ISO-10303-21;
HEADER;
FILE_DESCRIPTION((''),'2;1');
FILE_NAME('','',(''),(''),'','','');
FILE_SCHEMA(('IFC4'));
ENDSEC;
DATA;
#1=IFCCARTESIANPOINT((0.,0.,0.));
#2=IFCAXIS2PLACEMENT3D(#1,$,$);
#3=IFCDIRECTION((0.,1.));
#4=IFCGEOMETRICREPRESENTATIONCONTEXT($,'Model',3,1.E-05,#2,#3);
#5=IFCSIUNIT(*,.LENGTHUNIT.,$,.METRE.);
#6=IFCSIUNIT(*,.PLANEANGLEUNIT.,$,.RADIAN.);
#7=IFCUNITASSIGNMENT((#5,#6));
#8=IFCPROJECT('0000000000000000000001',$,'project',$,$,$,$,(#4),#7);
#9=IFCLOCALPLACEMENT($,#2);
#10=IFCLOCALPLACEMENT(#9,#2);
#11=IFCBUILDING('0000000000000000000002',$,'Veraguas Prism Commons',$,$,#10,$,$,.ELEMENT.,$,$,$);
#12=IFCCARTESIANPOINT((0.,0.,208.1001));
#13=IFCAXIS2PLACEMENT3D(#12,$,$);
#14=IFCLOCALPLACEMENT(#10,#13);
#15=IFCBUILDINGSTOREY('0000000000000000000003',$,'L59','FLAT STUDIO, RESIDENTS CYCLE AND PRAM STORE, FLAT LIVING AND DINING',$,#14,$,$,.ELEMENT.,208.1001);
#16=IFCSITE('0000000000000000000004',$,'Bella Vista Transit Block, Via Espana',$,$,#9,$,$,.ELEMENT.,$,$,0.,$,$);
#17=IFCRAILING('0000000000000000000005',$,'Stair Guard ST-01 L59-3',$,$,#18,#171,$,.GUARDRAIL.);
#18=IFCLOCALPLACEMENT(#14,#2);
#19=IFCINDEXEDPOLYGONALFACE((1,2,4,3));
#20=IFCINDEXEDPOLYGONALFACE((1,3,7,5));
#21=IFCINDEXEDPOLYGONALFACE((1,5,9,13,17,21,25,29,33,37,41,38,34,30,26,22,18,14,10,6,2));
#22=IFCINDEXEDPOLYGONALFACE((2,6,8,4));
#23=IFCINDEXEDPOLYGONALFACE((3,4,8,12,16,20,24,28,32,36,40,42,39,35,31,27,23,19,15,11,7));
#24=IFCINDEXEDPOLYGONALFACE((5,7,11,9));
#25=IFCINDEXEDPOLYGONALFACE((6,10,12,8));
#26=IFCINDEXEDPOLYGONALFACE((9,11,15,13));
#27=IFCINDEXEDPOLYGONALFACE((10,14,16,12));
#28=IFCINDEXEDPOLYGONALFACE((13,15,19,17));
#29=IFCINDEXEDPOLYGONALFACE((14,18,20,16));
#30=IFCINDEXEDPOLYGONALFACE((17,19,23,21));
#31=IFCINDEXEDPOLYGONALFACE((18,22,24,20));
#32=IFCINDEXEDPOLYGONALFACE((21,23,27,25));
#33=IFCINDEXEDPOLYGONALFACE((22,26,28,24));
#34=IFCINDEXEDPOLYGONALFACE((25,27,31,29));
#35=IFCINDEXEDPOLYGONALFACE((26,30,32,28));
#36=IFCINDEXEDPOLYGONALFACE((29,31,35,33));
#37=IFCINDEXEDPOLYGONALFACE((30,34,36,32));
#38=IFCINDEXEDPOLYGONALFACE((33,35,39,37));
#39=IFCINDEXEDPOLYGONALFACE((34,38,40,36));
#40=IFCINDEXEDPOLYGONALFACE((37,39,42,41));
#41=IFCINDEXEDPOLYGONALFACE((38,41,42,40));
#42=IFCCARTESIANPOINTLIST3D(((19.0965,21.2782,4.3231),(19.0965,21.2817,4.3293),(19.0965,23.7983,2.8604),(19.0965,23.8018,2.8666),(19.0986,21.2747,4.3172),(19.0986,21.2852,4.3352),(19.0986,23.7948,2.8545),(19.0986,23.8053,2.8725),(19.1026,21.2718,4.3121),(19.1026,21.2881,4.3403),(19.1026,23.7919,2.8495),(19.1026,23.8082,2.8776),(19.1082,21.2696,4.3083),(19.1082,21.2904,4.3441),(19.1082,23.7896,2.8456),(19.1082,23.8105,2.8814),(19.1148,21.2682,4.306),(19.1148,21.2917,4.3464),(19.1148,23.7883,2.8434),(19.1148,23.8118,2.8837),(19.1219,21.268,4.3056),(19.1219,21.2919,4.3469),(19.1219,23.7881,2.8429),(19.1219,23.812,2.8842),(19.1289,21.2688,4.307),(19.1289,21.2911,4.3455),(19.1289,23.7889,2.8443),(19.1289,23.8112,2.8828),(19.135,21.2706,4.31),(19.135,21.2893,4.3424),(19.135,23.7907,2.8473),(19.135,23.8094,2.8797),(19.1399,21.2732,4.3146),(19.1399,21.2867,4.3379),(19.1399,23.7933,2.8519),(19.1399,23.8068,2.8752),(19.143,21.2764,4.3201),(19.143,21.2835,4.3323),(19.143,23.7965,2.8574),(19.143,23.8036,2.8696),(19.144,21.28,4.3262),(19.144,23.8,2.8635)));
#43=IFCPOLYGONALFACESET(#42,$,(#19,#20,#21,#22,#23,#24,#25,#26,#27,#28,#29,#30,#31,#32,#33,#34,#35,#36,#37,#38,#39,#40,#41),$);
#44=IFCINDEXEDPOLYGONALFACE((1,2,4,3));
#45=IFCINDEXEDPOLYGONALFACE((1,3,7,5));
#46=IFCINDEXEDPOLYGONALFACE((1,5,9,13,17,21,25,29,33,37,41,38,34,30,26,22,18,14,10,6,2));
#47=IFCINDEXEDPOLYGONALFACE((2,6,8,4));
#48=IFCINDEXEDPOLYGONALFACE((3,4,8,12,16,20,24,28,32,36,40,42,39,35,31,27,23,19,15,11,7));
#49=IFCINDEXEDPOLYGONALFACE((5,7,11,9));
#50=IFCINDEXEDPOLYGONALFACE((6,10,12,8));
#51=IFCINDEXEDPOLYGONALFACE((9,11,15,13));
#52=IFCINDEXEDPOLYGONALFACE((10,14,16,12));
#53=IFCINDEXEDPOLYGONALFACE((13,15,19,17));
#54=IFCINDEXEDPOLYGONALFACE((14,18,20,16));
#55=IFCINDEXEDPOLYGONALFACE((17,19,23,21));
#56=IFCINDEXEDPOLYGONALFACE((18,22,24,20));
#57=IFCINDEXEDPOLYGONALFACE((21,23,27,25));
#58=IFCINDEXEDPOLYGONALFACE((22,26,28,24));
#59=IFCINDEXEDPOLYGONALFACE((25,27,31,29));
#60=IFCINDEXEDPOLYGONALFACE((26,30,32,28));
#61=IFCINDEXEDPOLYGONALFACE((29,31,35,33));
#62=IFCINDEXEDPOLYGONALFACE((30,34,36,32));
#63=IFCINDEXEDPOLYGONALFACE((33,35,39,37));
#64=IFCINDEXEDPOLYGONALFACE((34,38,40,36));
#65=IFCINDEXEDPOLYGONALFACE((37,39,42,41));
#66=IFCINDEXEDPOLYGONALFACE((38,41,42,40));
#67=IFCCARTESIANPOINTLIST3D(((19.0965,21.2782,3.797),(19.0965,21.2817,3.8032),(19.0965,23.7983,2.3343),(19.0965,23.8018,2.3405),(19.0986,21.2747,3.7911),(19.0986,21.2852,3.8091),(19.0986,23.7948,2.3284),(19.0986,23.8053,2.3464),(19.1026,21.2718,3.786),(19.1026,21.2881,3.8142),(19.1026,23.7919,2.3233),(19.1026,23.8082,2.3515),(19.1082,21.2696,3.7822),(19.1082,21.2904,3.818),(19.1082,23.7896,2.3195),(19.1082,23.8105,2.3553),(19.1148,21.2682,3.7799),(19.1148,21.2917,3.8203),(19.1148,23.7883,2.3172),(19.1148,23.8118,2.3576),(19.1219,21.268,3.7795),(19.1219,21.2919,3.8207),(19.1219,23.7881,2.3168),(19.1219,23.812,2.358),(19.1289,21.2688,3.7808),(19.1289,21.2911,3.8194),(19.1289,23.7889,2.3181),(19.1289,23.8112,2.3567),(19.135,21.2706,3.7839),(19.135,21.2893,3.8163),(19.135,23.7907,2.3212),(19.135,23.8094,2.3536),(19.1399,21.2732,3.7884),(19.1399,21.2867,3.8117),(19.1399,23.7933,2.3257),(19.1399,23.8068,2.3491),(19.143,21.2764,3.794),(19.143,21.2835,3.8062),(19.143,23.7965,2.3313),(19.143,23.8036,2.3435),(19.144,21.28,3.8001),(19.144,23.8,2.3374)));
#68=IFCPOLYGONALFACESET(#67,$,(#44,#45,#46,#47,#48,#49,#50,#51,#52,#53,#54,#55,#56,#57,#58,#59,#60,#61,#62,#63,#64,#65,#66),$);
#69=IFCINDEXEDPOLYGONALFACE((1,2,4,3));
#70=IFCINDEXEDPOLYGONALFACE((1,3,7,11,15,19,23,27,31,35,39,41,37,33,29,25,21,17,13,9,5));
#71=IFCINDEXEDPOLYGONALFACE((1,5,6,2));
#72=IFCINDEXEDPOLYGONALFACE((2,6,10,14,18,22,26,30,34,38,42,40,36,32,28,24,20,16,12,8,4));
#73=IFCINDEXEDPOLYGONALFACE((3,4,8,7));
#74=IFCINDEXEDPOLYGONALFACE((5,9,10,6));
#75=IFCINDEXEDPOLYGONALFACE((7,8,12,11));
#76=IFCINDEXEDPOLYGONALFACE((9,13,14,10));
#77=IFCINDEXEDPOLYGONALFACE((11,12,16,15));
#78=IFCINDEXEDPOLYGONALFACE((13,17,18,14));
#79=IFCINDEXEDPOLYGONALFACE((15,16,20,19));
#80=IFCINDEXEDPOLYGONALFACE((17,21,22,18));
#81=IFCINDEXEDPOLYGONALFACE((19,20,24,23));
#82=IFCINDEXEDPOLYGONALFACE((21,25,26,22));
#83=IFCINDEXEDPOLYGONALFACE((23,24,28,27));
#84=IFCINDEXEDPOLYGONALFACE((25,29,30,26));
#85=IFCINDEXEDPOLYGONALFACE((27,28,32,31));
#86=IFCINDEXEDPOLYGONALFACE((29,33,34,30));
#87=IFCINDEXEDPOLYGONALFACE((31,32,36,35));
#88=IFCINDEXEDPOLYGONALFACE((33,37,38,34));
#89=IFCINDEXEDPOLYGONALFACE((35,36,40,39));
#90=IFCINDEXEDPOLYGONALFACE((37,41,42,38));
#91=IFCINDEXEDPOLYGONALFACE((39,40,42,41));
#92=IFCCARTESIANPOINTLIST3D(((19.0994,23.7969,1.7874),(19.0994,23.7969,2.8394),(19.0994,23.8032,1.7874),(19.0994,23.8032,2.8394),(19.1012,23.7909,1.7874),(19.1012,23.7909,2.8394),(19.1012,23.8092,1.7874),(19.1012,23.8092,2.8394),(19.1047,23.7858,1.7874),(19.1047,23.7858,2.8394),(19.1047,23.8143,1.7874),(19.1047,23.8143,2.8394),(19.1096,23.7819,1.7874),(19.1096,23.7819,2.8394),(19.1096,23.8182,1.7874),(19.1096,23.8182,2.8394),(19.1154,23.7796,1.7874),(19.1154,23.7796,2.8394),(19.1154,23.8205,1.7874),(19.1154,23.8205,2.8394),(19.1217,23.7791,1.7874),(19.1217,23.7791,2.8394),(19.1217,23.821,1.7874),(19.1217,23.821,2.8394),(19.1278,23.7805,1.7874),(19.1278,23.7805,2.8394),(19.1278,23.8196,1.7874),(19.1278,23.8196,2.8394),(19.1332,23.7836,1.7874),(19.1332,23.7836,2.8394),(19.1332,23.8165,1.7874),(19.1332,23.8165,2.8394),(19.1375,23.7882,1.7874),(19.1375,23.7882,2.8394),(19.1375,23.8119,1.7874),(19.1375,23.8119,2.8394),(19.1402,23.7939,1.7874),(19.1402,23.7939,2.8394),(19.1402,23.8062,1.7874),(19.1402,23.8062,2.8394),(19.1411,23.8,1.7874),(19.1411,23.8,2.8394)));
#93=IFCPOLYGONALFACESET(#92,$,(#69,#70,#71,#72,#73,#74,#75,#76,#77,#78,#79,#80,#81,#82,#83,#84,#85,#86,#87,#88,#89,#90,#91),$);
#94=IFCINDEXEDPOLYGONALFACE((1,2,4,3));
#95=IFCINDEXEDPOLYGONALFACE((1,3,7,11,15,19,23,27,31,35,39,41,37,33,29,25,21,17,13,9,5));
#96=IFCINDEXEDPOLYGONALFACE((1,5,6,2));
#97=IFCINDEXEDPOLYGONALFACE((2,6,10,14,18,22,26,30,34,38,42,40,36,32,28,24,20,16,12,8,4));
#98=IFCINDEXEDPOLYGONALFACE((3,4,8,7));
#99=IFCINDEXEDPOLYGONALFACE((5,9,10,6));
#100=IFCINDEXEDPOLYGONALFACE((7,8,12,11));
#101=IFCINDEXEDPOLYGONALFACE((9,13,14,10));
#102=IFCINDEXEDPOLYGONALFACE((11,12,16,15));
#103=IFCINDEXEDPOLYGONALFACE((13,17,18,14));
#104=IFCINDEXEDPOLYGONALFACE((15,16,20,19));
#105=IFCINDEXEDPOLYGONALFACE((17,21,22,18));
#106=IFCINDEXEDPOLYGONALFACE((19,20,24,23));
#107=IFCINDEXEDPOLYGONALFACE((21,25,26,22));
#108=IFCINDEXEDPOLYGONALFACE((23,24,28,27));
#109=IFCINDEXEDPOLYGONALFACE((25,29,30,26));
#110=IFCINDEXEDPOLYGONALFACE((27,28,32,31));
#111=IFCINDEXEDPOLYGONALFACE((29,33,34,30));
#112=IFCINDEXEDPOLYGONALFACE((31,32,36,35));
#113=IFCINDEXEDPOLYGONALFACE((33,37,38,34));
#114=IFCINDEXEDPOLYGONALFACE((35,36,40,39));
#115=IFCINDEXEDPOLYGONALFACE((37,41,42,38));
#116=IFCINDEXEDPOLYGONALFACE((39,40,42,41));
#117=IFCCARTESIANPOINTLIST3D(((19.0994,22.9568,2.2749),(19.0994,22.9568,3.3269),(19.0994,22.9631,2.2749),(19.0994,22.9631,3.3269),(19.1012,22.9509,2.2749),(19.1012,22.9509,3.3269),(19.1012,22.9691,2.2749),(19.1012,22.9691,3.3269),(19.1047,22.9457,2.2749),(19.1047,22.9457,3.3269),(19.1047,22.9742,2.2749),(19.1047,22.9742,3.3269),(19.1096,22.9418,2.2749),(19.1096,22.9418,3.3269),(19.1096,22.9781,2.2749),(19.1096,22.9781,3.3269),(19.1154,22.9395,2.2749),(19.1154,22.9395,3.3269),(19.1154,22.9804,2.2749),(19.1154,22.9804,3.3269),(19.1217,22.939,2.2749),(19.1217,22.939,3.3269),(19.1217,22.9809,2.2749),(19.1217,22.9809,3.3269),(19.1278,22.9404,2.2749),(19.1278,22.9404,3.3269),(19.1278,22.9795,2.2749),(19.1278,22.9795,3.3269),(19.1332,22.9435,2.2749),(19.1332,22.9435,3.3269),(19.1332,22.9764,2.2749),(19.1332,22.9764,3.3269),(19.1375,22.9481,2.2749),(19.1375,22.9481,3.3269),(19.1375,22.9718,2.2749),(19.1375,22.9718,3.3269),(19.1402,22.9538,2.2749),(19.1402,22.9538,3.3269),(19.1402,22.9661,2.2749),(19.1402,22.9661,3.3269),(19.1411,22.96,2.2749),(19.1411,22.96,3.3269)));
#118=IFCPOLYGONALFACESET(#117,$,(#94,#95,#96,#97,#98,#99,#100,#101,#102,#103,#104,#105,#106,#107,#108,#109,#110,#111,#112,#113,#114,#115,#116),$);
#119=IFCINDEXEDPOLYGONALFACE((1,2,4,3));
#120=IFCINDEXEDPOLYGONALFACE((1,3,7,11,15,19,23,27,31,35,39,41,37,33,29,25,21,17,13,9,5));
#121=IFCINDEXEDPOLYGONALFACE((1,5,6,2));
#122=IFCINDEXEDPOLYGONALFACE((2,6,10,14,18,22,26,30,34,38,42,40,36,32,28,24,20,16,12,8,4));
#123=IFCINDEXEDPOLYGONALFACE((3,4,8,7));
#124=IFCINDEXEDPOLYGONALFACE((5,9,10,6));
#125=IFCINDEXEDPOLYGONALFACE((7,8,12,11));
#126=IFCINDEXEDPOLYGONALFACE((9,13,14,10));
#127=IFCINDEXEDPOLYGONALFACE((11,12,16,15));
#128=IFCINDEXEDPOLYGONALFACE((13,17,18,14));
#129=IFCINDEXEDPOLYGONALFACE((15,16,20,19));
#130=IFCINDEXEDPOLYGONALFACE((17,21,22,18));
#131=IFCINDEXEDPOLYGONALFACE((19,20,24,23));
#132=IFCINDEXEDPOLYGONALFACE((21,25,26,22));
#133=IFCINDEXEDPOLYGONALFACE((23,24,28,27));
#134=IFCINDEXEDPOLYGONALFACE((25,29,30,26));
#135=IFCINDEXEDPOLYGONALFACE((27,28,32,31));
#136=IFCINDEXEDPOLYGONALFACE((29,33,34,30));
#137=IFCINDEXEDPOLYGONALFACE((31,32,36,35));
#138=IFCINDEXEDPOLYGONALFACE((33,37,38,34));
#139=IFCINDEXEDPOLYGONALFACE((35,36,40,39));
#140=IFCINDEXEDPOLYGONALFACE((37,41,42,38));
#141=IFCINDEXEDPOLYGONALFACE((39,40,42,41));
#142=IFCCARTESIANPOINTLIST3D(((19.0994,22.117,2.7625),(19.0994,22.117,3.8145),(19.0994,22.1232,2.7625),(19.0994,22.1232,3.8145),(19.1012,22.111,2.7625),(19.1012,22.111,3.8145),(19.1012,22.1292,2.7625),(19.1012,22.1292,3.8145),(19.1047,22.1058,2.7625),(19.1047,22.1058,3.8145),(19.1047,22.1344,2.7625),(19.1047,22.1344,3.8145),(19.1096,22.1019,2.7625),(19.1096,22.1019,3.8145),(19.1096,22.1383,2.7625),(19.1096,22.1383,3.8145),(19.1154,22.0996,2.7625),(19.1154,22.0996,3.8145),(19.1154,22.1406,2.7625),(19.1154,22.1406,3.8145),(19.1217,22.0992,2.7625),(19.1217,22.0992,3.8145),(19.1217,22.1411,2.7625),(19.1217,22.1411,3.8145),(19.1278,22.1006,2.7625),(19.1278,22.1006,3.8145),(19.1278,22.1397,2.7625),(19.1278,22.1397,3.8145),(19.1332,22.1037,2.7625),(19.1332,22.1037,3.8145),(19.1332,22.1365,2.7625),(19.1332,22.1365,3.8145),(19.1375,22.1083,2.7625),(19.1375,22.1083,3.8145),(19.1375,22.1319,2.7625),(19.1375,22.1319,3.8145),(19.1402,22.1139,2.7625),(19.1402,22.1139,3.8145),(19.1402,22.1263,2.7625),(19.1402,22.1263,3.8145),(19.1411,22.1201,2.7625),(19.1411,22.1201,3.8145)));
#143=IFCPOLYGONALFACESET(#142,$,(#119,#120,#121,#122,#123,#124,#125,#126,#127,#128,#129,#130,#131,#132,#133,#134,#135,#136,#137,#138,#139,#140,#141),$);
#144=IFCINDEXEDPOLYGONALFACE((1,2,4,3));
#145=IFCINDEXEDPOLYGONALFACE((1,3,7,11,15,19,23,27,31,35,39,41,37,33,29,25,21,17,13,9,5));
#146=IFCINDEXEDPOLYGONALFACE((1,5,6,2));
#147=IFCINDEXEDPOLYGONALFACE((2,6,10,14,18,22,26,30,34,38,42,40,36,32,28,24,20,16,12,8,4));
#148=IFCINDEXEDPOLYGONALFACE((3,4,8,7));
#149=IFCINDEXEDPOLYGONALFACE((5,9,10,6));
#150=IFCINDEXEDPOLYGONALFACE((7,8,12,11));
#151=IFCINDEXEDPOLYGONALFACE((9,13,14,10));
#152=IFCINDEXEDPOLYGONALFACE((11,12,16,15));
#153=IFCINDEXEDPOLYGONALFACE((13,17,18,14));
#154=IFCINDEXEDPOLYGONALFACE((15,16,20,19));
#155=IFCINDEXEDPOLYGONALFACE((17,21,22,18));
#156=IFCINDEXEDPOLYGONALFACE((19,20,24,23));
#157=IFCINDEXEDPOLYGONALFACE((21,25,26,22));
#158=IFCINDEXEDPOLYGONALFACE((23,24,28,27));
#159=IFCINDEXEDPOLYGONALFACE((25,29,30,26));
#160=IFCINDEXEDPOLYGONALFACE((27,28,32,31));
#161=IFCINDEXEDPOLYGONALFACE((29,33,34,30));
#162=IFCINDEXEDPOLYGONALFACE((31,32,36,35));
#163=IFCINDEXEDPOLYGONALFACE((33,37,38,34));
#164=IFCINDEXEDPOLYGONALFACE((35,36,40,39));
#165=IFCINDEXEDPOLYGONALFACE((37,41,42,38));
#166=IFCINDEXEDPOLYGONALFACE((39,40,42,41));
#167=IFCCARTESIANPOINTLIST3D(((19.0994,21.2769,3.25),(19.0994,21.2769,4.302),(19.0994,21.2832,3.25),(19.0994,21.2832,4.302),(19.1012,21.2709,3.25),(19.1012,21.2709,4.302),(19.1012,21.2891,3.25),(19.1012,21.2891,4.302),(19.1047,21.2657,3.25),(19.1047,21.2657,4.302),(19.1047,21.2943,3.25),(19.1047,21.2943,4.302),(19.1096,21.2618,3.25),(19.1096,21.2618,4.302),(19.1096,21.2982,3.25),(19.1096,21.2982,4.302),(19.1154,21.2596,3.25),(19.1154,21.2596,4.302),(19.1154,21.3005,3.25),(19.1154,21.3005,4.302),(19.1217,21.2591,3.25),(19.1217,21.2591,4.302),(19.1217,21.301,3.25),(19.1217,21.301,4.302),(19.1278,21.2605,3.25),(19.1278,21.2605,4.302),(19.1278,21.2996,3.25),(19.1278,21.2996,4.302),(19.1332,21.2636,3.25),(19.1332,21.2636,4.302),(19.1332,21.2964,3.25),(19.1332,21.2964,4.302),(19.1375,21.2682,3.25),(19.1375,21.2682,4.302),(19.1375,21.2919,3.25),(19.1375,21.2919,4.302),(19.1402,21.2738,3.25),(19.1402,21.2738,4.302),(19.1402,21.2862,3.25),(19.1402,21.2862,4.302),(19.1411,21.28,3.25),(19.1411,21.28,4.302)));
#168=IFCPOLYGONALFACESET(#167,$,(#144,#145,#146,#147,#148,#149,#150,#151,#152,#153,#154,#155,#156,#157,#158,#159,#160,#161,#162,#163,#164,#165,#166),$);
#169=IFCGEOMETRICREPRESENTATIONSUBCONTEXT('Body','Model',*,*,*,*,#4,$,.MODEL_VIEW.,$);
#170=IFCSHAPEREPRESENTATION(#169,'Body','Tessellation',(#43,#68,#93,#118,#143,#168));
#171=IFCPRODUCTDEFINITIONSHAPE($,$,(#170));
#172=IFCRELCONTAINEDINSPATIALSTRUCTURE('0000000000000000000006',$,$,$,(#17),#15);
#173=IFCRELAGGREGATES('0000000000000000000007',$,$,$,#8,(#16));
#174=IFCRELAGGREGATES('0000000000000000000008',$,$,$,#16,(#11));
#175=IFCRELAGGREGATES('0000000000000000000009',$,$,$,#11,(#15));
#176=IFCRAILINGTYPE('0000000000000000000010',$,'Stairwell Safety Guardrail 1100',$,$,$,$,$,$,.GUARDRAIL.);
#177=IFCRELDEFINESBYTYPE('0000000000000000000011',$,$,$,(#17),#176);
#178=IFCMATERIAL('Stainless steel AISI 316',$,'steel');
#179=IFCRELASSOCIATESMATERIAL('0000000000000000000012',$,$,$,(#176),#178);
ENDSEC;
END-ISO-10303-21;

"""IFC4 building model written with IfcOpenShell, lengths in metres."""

from ifc_helpers import new_model, si_unit, direction, frame, origin, origin_2d, place, context, subcontext, project, spatial, circle, extrude, material, type_object, element, save


model = new_model("IFC4")

# Units and contexts
model_context = context("Model", 3, precision=1e-05, world=origin(), true_north=direction((0.0, 1.0)))
body_context = subcontext(model_context, "Body", "Model", "MODEL_VIEW")
ifc_project = project(units=[si_unit("LENGTHUNIT", "METRE"), si_unit("PLANEANGLEUNIT", "RADIAN")], contexts=[model_context])

# Site, building, storey
site_placement = place(None, origin())
site = spatial("IfcSite", under=ifc_project, at=site_placement, Name="Bella Vista Transit Block, Via Espana", CompositionType="ELEMENT", RefElevation=0.0)
building_placement = place(site_placement, origin())
building = spatial("IfcBuilding", under=site, at=building_placement, Name="Veraguas Prism Commons", CompositionType="ELEMENT")
storey_placement = place(building_placement, frame((0.0, 0.0, 208.1001)))
storey = spatial("IfcBuildingStorey", under=building, at=storey_placement, Name="L59", Description="FLAT STUDIO, RESIDENTS CYCLE AND PRAM STORE, FLAT LIVING AND DINING", CompositionType="ELEMENT", Elevation=208.1001)

# Shared definitions
ifc_material_1 = material(Name="Stainless steel AISI 316", Category="steel")

# Railing
railing_type_1 = type_object("IfcRailingType", Name="Stairwell Safety Guardrail 1100", PredefinedType="GUARDRAIL", material=ifc_material_1)
railing_1_placement = place(storey_placement, frame((19.1201, 23.8, 1.7874)))
element("IfcRailing", 1, at=railing_1_placement, inside=storey, type_object=railing_type_1, Name="Stair Guard ST-01 L59-3", PredefinedType="GUARDRAIL", context=body_context, shape_type="SweptSolid", body=[
    extrude(circle(Radius=0.0239, at=origin_2d()), frame((0.0, 0.0, 1.0762), z_axis=(0.0, -0.864877, 0.501984), x_axis=(1.0, 0.0, 0.0)), (0.0, 0.0, 1.0), 2.9138),
    extrude(circle(Radius=0.0239, at=origin_2d()), frame((0.0, 0.0, 0.55), z_axis=(0.0, -0.864877, 0.501984), x_axis=(1.0, 0.0, 0.0)), (0.0, 0.0, 1.0), 2.9138),
    extrude(circle(Radius=0.021, at=origin_2d()), origin(), (0.0, 0.0, 1.0), 1.052),
    extrude(circle(Radius=0.021, at=origin_2d()), frame((0.0, -0.8401, 0.4875)), (0.0, 0.0, 1.0), 1.052),
    extrude(circle(Radius=0.021, at=origin_2d()), frame((0.0, -1.6799, 0.9751)), (0.0, 0.0, 1.0), 1.052),
    extrude(circle(Radius=0.021, at=origin_2d()), frame((0.0, -2.52, 1.4626)), (0.0, 0.0, 1.0), 1.052),
])

save(model, "model.ifc")
